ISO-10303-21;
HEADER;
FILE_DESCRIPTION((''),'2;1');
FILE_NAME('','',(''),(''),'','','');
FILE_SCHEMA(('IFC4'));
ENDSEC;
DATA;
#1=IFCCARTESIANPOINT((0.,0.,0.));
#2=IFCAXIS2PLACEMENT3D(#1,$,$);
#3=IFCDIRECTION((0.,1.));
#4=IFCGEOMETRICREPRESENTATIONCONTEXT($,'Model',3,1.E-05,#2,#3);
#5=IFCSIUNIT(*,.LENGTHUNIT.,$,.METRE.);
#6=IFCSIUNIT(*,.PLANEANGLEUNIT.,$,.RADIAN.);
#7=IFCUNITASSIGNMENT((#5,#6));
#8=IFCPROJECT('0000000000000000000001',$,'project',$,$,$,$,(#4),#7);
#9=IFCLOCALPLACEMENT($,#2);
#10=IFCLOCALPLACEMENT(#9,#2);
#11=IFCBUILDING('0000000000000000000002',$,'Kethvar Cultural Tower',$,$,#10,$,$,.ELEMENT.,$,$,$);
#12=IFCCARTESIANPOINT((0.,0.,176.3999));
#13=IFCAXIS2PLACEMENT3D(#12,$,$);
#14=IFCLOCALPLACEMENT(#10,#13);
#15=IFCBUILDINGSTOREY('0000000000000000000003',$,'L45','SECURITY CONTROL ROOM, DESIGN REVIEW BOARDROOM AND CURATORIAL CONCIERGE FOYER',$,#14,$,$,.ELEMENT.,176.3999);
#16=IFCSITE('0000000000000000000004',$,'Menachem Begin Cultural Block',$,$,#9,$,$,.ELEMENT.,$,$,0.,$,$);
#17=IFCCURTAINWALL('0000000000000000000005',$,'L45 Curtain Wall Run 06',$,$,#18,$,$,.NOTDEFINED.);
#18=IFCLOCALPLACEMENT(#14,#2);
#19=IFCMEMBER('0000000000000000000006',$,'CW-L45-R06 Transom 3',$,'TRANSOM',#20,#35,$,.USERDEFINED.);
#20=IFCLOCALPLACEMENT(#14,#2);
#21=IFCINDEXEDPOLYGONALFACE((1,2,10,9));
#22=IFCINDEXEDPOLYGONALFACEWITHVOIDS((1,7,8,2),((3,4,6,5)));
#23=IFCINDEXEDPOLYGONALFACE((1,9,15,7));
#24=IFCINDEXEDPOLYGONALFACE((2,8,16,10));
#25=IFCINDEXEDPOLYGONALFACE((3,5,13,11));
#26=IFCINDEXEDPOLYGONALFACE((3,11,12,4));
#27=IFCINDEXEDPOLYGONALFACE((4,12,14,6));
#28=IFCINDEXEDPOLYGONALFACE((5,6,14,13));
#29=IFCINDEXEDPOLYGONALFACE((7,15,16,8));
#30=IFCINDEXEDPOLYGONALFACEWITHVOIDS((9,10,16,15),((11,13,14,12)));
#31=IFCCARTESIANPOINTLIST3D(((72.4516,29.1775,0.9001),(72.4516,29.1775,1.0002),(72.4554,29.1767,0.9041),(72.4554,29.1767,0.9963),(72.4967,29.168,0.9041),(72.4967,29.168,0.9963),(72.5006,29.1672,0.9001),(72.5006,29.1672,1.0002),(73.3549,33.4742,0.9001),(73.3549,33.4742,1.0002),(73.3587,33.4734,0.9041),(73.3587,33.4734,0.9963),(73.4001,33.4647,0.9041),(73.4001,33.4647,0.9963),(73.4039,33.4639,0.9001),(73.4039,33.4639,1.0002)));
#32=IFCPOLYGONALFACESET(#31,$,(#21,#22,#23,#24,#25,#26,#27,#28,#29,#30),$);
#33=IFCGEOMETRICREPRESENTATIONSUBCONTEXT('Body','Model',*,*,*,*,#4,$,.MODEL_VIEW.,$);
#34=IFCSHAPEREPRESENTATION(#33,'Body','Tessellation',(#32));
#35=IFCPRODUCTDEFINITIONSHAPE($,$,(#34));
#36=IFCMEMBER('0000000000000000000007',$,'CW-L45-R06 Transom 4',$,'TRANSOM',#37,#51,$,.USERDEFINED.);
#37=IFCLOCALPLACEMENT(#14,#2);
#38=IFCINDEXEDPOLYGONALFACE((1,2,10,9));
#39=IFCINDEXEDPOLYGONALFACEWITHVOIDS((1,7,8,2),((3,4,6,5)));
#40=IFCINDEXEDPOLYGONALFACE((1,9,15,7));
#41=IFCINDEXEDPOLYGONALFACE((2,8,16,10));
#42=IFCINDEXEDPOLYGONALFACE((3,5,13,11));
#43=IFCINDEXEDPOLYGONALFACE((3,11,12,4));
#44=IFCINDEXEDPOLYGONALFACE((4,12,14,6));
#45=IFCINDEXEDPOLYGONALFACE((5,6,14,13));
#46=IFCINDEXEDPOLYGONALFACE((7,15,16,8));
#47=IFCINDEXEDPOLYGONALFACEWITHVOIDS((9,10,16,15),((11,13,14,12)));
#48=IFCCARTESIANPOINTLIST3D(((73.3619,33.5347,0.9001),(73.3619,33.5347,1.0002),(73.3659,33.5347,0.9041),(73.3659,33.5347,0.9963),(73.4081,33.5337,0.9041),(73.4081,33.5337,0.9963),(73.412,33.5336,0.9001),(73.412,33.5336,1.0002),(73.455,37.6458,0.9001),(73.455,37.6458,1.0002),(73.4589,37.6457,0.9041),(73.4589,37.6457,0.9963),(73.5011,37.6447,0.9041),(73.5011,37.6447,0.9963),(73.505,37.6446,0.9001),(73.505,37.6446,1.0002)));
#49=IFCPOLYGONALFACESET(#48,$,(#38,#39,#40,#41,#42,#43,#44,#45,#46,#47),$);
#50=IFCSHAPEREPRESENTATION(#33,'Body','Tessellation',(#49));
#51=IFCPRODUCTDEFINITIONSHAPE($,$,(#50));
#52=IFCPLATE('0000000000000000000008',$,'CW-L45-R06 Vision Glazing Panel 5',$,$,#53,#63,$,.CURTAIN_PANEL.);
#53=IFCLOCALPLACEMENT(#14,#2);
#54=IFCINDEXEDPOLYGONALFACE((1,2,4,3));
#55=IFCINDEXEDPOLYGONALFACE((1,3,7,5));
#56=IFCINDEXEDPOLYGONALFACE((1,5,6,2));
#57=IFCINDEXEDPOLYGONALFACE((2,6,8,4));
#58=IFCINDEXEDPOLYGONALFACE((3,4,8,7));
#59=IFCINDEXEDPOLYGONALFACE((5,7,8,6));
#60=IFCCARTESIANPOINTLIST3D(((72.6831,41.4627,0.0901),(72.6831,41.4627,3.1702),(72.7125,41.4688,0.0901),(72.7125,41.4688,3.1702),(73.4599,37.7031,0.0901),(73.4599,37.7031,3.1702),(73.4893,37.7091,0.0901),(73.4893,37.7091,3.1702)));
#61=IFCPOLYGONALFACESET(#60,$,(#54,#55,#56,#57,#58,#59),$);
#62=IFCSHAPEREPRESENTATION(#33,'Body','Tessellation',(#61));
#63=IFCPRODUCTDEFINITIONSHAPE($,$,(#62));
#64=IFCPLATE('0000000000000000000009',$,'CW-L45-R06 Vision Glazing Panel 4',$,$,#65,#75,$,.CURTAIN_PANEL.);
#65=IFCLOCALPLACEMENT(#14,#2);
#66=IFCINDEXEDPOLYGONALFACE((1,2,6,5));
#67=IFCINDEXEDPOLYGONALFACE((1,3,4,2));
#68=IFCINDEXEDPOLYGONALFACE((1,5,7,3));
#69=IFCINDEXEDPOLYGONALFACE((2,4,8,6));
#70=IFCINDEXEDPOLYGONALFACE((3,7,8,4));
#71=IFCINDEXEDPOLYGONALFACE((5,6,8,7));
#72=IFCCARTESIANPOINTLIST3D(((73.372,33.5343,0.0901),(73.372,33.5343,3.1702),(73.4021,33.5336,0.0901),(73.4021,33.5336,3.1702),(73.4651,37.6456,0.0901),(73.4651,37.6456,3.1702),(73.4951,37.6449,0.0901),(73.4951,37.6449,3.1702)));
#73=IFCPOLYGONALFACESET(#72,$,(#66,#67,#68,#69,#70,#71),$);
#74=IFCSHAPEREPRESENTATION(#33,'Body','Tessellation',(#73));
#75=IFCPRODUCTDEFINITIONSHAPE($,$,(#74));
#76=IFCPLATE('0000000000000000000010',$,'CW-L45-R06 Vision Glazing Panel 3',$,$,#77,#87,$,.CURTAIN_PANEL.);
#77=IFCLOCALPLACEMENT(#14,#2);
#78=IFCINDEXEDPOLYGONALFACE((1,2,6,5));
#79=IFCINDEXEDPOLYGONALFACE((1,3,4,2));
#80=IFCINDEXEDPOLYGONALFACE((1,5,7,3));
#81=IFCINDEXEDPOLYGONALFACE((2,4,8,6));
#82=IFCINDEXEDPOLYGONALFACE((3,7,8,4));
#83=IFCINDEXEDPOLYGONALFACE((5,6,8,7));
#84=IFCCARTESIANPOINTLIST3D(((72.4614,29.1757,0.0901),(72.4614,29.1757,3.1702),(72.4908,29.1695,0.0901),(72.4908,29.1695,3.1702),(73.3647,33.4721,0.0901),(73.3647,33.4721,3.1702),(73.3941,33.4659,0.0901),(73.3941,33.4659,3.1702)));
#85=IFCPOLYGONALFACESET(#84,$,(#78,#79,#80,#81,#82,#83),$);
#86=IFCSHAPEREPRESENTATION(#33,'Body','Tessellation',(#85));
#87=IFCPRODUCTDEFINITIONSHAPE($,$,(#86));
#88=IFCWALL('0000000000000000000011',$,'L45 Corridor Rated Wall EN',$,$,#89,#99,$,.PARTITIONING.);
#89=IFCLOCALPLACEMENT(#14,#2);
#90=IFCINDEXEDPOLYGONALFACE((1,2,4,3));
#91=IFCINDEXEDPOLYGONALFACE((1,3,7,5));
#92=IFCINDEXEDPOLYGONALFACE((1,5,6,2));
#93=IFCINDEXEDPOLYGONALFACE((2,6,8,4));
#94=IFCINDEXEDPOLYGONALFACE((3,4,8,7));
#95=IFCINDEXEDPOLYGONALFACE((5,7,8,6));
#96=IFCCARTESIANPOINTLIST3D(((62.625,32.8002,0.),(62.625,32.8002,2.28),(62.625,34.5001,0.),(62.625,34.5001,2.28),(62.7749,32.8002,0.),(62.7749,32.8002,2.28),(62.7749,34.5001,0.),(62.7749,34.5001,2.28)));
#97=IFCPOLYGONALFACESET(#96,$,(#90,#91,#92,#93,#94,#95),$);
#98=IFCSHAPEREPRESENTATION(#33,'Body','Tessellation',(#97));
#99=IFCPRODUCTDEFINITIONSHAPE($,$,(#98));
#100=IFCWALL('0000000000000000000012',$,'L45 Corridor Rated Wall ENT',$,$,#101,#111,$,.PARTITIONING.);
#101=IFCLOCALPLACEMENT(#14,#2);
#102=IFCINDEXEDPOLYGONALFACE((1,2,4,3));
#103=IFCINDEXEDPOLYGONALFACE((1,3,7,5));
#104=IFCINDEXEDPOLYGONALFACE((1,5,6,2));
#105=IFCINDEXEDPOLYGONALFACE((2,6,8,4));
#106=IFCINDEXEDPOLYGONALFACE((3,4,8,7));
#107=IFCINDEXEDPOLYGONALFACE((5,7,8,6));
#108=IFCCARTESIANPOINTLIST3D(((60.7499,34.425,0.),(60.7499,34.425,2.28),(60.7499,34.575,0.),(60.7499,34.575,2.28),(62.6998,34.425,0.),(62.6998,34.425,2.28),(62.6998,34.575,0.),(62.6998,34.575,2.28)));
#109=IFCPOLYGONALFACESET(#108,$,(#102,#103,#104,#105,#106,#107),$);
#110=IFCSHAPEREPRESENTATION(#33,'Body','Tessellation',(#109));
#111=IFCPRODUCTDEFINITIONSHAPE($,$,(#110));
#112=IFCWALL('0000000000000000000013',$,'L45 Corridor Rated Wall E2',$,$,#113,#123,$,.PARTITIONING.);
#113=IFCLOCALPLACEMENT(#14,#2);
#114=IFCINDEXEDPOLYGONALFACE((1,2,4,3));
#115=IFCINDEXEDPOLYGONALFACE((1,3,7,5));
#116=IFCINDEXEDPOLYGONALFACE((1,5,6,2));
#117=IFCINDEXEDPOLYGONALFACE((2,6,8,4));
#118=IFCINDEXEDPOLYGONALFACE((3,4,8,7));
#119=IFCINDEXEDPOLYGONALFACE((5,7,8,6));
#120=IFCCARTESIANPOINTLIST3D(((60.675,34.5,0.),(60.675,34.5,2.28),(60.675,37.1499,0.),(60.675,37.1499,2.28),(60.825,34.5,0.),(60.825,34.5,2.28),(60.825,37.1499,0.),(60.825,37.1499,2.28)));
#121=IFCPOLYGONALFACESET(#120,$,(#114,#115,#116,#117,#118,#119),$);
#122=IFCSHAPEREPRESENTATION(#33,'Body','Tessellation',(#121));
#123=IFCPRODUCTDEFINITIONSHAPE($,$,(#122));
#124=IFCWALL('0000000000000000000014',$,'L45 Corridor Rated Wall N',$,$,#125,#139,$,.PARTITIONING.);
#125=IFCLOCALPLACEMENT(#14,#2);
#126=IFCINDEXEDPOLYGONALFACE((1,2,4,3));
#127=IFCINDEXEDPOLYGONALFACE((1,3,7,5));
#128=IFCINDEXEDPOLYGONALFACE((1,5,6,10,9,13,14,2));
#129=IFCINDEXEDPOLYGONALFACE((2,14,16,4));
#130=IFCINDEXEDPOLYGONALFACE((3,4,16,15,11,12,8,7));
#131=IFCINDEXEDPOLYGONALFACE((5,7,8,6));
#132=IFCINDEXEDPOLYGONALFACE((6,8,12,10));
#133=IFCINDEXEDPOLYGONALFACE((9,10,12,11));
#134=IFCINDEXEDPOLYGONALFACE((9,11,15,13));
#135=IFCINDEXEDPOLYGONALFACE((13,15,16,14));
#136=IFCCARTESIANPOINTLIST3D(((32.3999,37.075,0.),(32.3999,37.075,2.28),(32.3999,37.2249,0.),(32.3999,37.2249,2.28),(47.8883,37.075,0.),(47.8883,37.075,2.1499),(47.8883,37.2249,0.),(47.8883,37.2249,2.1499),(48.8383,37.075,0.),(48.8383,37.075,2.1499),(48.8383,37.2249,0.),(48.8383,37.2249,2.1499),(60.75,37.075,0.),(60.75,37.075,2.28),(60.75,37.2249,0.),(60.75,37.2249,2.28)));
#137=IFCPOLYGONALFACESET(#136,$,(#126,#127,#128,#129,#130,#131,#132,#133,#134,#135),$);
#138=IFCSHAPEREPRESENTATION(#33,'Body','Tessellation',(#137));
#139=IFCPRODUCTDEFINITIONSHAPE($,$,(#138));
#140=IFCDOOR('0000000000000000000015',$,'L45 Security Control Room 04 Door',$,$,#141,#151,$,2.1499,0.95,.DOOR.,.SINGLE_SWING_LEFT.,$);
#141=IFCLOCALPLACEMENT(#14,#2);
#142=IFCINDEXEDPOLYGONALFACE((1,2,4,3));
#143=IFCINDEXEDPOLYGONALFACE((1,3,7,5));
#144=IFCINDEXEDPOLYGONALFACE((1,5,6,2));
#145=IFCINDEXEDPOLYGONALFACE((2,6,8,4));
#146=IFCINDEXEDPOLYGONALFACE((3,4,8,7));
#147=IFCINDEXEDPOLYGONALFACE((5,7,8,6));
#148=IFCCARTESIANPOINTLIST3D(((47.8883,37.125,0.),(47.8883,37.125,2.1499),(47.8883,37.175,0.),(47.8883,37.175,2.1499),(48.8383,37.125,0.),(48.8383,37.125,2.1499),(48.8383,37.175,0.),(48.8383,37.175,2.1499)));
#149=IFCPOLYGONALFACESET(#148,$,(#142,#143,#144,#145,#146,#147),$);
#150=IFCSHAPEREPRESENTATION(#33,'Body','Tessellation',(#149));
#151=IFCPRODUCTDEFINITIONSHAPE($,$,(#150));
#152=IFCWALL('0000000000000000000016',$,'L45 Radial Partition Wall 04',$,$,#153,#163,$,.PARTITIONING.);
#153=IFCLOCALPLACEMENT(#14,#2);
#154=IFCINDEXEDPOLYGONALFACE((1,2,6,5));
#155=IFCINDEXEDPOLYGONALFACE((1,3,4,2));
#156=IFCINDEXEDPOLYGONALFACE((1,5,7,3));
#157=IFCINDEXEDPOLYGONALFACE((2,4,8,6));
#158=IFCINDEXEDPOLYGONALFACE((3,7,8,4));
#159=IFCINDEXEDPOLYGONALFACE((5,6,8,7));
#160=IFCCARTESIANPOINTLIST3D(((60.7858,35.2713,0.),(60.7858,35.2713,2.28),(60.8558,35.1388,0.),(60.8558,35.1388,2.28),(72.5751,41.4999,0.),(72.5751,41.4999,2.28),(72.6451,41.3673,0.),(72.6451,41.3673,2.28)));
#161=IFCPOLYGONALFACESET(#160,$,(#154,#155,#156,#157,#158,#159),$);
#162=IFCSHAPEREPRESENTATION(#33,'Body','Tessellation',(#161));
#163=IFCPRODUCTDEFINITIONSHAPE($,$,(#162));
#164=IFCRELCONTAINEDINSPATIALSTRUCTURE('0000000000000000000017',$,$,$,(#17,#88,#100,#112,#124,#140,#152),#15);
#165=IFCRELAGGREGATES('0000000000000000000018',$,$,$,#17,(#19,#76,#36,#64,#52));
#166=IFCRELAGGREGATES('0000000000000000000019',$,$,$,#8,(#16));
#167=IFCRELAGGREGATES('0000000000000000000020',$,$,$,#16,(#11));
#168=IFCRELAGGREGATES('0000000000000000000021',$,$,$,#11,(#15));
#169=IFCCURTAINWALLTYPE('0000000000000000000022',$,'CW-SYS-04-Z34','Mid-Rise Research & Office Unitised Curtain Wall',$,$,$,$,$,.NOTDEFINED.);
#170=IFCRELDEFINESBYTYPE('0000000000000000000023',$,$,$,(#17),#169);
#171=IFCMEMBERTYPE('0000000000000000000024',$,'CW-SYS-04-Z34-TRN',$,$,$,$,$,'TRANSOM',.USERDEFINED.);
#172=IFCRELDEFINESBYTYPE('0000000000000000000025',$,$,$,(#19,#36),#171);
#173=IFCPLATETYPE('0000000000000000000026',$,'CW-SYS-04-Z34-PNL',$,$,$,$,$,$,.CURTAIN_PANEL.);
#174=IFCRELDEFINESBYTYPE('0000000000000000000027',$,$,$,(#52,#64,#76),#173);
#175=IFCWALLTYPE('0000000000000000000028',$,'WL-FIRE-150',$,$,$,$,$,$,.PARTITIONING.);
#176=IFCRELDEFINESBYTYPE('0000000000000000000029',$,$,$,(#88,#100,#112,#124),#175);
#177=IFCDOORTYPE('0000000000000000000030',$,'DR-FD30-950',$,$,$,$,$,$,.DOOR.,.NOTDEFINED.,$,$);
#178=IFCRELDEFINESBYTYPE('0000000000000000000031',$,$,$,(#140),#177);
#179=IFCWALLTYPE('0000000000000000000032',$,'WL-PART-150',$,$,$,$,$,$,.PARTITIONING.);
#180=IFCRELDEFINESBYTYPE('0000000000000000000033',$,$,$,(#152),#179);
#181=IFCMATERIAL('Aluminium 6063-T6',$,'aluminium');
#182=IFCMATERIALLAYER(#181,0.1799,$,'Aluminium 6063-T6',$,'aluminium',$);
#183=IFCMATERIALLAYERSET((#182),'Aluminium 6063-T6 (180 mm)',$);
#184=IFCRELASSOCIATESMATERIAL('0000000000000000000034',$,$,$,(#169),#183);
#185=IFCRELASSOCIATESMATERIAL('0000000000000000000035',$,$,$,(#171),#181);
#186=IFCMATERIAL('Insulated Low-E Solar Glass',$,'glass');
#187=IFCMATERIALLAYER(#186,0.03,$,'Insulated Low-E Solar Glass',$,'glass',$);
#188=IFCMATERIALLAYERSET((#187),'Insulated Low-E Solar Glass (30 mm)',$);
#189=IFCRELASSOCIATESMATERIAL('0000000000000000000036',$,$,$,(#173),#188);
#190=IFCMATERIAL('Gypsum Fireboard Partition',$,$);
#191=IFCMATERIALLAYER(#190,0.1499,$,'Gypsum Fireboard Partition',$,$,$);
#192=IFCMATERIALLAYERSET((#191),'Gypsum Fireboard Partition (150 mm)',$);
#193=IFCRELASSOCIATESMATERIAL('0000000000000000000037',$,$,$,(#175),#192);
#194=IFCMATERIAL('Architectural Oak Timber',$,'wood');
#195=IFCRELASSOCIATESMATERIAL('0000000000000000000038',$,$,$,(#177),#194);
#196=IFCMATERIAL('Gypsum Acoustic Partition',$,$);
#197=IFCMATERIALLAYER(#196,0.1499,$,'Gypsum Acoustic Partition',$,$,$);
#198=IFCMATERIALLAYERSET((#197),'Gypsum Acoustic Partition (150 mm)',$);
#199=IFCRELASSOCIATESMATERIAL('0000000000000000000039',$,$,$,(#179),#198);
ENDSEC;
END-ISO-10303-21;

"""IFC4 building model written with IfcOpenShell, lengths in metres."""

from ifc_helpers import new_model, si_unit, direction, frame, frame_2d, origin, origin_2d, place, context, subcontext, project, spatial, rectangle, hollow_rectangle, extrude, source, transform, mapped, material, layer, layer_set, material_profile, profile_set, type_object, element, fill, aggregate, save


model = new_model("IFC4")

# Units and contexts
model_context = context("Model", 3, precision=1e-05, world=origin(), true_north=direction((0.0, 1.0)))
body_context = subcontext(model_context, "Body", "Model", "MODEL_VIEW")
ifc_project = project(units=[si_unit("LENGTHUNIT", "METRE"), si_unit("PLANEANGLEUNIT", "RADIAN")], contexts=[model_context])

# Site, building, storey
site_placement = place(None, origin())
site = spatial("IfcSite", under=ifc_project, at=site_placement, Name="Menachem Begin Cultural Block", CompositionType="ELEMENT", RefElevation=0.0)
building_placement = place(site_placement, origin())
building = spatial("IfcBuilding", under=site, at=building_placement, Name="Kethvar Cultural Tower", CompositionType="ELEMENT")
storey_placement = place(building_placement, frame((0.0, 0.0, 176.3999)))
storey = spatial("IfcBuildingStorey", under=building, at=storey_placement, Name="L45", Description="SECURITY CONTROL ROOM, DESIGN REVIEW BOARDROOM AND CURATORIAL CONCIERGE FOYER", CompositionType="ELEMENT", Elevation=176.3999)

# Curtain wall, members, plates
ifc_material_1 = material(Name="Aluminium 6063-T6", Category="aluminium")
ifc_layer_1 = layer(ifc_material_1, 0.1799, Name="Aluminium 6063-T6", Category="aluminium")
ifc_layer_set_1 = layer_set([ifc_layer_1], Name="Aluminium 6063-T6 (180 mm)")
curtain_wall_type = type_object("IfcCurtainWallType", Name="CW-SYS-04-Z34", Description="Mid-Rise Research & Office Unitised Curtain Wall", PredefinedType="NOTDEFINED", material=ifc_layer_set_1)
curtain_wall_placement = place(storey_placement, origin())
curtain_wall = element("IfcCurtainWall", 1, at=curtain_wall_placement, inside=storey, type_object=curtain_wall_type, Name="L45 Curtain Wall Run 06", PredefinedType="NOTDEFINED")
ifc_material_profile_1 = material_profile(ifc_material_1, hollow_rectangle(XDim=0.05, YDim=0.1001, WallThickness=0.0039, at=origin_2d()), Name="Aluminium 6063-T6 — RHS100x50x4")
ifc_profile_set_1 = profile_set([ifc_material_profile_1], Name="Aluminium 6063-T6 — RHS100x50x4")
member_type_1 = type_object("IfcMemberType", Name="CW-SYS-04-Z34-TRN", ElementType="TRANSOM", PredefinedType="USERDEFINED", material=ifc_profile_set_1)
shared_shape_1 = source(origin(), body_context, "Body", "SweptSolid", [
    extrude(hollow_rectangle(XDim=0.05, YDim=0.1001, WallThickness=0.0039, at=origin_2d()), origin(), (0.0, 0.0, 1.0), 4.3906),
])
member_1_placement = place(storey_placement, frame((72.4761, 29.1724, 0.9502), z_axis=(0.205741, 0.978606, 0.0), x_axis=(-0.978606, 0.205741, 0.0)))
member_1 = element("IfcMember", 2, at=member_1_placement, type_object=member_type_1, Name="CW-L45-R06 Transom 3", ObjectType="TRANSOM", PredefinedType="USERDEFINED", context=body_context, shape_type="MappedRepresentation", body=[
    mapped(shared_shape_1, transform((0.0, 0.0, 0.0), scale=1.0)),
])
shared_shape_2 = source(origin(), body_context, "Body", "SweptSolid", [
    extrude(hollow_rectangle(XDim=0.05, YDim=0.1001, WallThickness=0.0039, at=origin_2d()), origin(), (0.0, 0.0, 1.0), 4.1121),
])
member_2_placement = place(storey_placement, frame((73.387, 33.5342, 0.9502), z_axis=(0.02262, 0.999744, 0.0), x_axis=(-0.999744, 0.02262, 0.0)))
member_2 = element("IfcMember", 3, at=member_2_placement, type_object=member_type_1, Name="CW-L45-R06 Transom 4", ObjectType="TRANSOM", PredefinedType="USERDEFINED", context=body_context, shape_type="MappedRepresentation", body=[
    mapped(shared_shape_2, transform((0.0, 0.0, 0.0), scale=1.0)),
])
ifc_material_2 = material(Name="Insulated Low-E Solar Glass", Category="glass")
ifc_layer_2 = layer(ifc_material_2, 0.03, Name="Insulated Low-E Solar Glass", Category="glass")
ifc_layer_set_2 = layer_set([ifc_layer_2], Name="Insulated Low-E Solar Glass (30 mm)")
plate_type = type_object("IfcPlateType", Name="CW-SYS-04-Z34-PNL", PredefinedType="CURTAIN_PANEL", material=ifc_layer_set_2)
shared_shape_3 = source(origin(), body_context, "Body", "SweptSolid", [
    extrude(rectangle(XDim=3.8391, YDim=0.03, at=origin_2d()), origin(), (0.0, 0.0, 1.0), 3.0801),
])
plate_1_placement = place(storey_placement, frame((73.0862, 39.5859, 0.0901), z_axis=(0.0, 0.0, 1.0), x_axis=(-0.202343, 0.979315, 0.0)))
plate_1 = element("IfcPlate", 4, at=plate_1_placement, type_object=plate_type, Name="CW-L45-R06 Vision Glazing Panel 5", PredefinedType="CURTAIN_PANEL", context=body_context, shape_type="MappedRepresentation", body=[
    mapped(shared_shape_3, transform((0.0, 0.0, 0.0), scale=1.0)),
])
shared_shape_4 = source(origin(), body_context, "Body", "SweptSolid", [
    extrude(rectangle(XDim=4.1123, YDim=0.03, at=origin_2d()), origin(), (0.0, 0.0, 1.0), 3.0801),
])
plate_2_placement = place(storey_placement, frame((73.4336, 35.5896, 0.0901), z_axis=(0.0, 0.0, 1.0), x_axis=(0.022635, 0.999744, 0.0)))
plate_2 = element("IfcPlate", 5, at=plate_2_placement, type_object=plate_type, Name="CW-L45-R06 Vision Glazing Panel 4", PredefinedType="CURTAIN_PANEL", context=body_context, shape_type="MappedRepresentation", body=[
    mapped(shared_shape_4, transform((0.0, 0.0, 0.0), scale=1.0)),
])
shared_shape_5 = source(origin(), body_context, "Body", "SweptSolid", [
    extrude(rectangle(XDim=4.3904, YDim=0.03, at=origin_2d()), origin(), (0.0, 0.0, 1.0), 3.0801),
])
plate_3_placement = place(storey_placement, frame((72.9277, 31.3208, 0.0901), z_axis=(0.0, 0.0, 1.0), x_axis=(0.205743, 0.978606, 0.0)))
plate_3 = element("IfcPlate", 6, at=plate_3_placement, type_object=plate_type, Name="CW-L45-R06 Vision Glazing Panel 3", PredefinedType="CURTAIN_PANEL", context=body_context, shape_type="MappedRepresentation", body=[
    mapped(shared_shape_5, transform((0.0, 0.0, 0.0), scale=1.0)),
])
aggregate(curtain_wall, [member_1, plate_3, member_2, plate_2, plate_1])

# Walls
ifc_material_3 = material(Name="Gypsum Fireboard Partition")
ifc_layer_3 = layer(ifc_material_3, 0.1499, Name="Gypsum Fireboard Partition")
ifc_layer_set_3 = layer_set([ifc_layer_3], Name="Gypsum Fireboard Partition (150 mm)")
wall_type_1 = type_object("IfcWallType", Name="WL-FIRE-150", PredefinedType="PARTITIONING", material=ifc_layer_set_3)
wall_1_placement = place(storey_placement, frame((62.7, 32.8, 0.0), z_axis=(0.0, 0.0, 1.0), x_axis=(0.0, 1.0, 0.0)))
element("IfcWall", 7, at=wall_1_placement, inside=storey, type_object=wall_type_1, Name="L45 Corridor Rated Wall EN", PredefinedType="PARTITIONING", context=body_context, shape_type="SweptSolid", body=[
    extrude(rectangle(XDim=1.7, YDim=0.1499, at=frame_2d((0.8501, 0.0))), origin(), (0.0, 0.0, 1.0), 2.28),
])
wall_2_placement = place(storey_placement, frame((62.7, 34.5, 0.0), z_axis=(0.0, 0.0, 1.0), x_axis=(-1.0, 0.0, 0.0)))
element("IfcWall", 8, at=wall_2_placement, inside=storey, type_object=wall_type_1, Name="L45 Corridor Rated Wall ENT", PredefinedType="PARTITIONING", context=body_context, shape_type="SweptSolid", body=[
    extrude(rectangle(XDim=1.95, YDim=0.1499, at=frame_2d((0.9751, 0.0))), origin(), (0.0, 0.0, 1.0), 2.28),
])
wall_3_placement = place(storey_placement, frame((60.75, 34.5, 0.0), z_axis=(0.0, 0.0, 1.0), x_axis=(0.0, 1.0, 0.0)))
element("IfcWall", 9, at=wall_3_placement, inside=storey, type_object=wall_type_1, Name="L45 Corridor Rated Wall E2", PredefinedType="PARTITIONING", context=body_context, shape_type="SweptSolid", body=[
    extrude(rectangle(XDim=2.6499, YDim=0.1499, at=frame_2d((1.325, 0.0))), origin(), (0.0, 0.0, 1.0), 2.28),
])

# Wall, opening, door
wall_4_placement = place(storey_placement, frame((60.75, 37.1499, 0.0), z_axis=(0.0, 0.0, 1.0), x_axis=(-1.0, 0.0, 0.0)))
wall_4 = element("IfcWall", 10, at=wall_4_placement, inside=storey, type_object=wall_type_1, Name="L45 Corridor Rated Wall N", PredefinedType="PARTITIONING", context=body_context, shape_type="SweptSolid", body=[
    extrude(rectangle(XDim=28.3501, YDim=0.1499, at=frame_2d((14.175, 0.0))), origin(), (0.0, 0.0, 1.0), 2.28),
])
opening_placement = place(wall_4_placement, frame((11.9116, 0.0, 0.0)))
opening = element("IfcOpeningElement", 11, at=opening_placement, cuts=wall_4, PredefinedType="OPENING", context=body_context, shape_type="SweptSolid", body=[
    extrude(rectangle(XDim=0.95, YDim=2.1499, at=frame_2d((0.4751, 1.075))), frame((0.0, 0.085, 0.0), z_axis=(0.0, -1.0, 0.0), x_axis=(1.0, 0.0, 0.0)), (0.0, 0.0, 1.0), 0.1699),
])
ifc_material_4 = material(Name="Architectural Oak Timber", Category="wood")
door_type = type_object("IfcDoorType", Name="DR-FD30-950", OperationType="NOTDEFINED", PredefinedType="DOOR", material=ifc_material_4)
shared_shape_6 = source(origin(), body_context, "Body", "SweptSolid", [
    extrude(rectangle(XDim=0.95, YDim=2.1499, at=frame_2d((0.4751, 1.075))), frame((0.0, 0.0249, 0.0), z_axis=(0.0, -1.0, 0.0), x_axis=(1.0, 0.0, 0.0)), (0.0, 0.0, 1.0), 0.05),
])
door_placement = place(opening_placement, origin())
door = element("IfcDoor", 12, at=door_placement, inside=storey, type_object=door_type, Name="L45 Security Control Room 04 Door", OperationType="SINGLE_SWING_LEFT", OverallHeight=2.1499, OverallWidth=0.95, PredefinedType="DOOR", context=body_context, shape_type="MappedRepresentation", body=[
    mapped(shared_shape_6, transform((0.0, 0.0, 0.0), scale=1.0)),
])
fill(opening, door)

# Wall
ifc_material_5 = material(Name="Gypsum Acoustic Partition")
ifc_layer_4 = layer(ifc_material_5, 0.1499, Name="Gypsum Acoustic Partition")
ifc_layer_set_4 = layer_set([ifc_layer_4], Name="Gypsum Acoustic Partition (150 mm)")
wall_type_2 = type_object("IfcWallType", Name="WL-PART-150", PredefinedType="PARTITIONING", material=ifc_layer_set_4)
wall_5_placement = place(storey_placement, frame((60.8208, 35.2051, 0.0), z_axis=(0.0, 0.0, 1.0), x_axis=(0.884187, 0.467133, 0.0)))
element("IfcWall", 13, at=wall_5_placement, inside=storey, type_object=wall_type_2, Name="L45 Radial Partition Wall 04", PredefinedType="PARTITIONING", context=body_context, shape_type="SweptSolid", body=[
    extrude(rectangle(XDim=13.3335, YDim=0.1499, at=frame_2d((6.6667, 0.0))), origin(), (0.0, 0.0, 1.0), 2.28),
])

save(model, "model.ifc")
